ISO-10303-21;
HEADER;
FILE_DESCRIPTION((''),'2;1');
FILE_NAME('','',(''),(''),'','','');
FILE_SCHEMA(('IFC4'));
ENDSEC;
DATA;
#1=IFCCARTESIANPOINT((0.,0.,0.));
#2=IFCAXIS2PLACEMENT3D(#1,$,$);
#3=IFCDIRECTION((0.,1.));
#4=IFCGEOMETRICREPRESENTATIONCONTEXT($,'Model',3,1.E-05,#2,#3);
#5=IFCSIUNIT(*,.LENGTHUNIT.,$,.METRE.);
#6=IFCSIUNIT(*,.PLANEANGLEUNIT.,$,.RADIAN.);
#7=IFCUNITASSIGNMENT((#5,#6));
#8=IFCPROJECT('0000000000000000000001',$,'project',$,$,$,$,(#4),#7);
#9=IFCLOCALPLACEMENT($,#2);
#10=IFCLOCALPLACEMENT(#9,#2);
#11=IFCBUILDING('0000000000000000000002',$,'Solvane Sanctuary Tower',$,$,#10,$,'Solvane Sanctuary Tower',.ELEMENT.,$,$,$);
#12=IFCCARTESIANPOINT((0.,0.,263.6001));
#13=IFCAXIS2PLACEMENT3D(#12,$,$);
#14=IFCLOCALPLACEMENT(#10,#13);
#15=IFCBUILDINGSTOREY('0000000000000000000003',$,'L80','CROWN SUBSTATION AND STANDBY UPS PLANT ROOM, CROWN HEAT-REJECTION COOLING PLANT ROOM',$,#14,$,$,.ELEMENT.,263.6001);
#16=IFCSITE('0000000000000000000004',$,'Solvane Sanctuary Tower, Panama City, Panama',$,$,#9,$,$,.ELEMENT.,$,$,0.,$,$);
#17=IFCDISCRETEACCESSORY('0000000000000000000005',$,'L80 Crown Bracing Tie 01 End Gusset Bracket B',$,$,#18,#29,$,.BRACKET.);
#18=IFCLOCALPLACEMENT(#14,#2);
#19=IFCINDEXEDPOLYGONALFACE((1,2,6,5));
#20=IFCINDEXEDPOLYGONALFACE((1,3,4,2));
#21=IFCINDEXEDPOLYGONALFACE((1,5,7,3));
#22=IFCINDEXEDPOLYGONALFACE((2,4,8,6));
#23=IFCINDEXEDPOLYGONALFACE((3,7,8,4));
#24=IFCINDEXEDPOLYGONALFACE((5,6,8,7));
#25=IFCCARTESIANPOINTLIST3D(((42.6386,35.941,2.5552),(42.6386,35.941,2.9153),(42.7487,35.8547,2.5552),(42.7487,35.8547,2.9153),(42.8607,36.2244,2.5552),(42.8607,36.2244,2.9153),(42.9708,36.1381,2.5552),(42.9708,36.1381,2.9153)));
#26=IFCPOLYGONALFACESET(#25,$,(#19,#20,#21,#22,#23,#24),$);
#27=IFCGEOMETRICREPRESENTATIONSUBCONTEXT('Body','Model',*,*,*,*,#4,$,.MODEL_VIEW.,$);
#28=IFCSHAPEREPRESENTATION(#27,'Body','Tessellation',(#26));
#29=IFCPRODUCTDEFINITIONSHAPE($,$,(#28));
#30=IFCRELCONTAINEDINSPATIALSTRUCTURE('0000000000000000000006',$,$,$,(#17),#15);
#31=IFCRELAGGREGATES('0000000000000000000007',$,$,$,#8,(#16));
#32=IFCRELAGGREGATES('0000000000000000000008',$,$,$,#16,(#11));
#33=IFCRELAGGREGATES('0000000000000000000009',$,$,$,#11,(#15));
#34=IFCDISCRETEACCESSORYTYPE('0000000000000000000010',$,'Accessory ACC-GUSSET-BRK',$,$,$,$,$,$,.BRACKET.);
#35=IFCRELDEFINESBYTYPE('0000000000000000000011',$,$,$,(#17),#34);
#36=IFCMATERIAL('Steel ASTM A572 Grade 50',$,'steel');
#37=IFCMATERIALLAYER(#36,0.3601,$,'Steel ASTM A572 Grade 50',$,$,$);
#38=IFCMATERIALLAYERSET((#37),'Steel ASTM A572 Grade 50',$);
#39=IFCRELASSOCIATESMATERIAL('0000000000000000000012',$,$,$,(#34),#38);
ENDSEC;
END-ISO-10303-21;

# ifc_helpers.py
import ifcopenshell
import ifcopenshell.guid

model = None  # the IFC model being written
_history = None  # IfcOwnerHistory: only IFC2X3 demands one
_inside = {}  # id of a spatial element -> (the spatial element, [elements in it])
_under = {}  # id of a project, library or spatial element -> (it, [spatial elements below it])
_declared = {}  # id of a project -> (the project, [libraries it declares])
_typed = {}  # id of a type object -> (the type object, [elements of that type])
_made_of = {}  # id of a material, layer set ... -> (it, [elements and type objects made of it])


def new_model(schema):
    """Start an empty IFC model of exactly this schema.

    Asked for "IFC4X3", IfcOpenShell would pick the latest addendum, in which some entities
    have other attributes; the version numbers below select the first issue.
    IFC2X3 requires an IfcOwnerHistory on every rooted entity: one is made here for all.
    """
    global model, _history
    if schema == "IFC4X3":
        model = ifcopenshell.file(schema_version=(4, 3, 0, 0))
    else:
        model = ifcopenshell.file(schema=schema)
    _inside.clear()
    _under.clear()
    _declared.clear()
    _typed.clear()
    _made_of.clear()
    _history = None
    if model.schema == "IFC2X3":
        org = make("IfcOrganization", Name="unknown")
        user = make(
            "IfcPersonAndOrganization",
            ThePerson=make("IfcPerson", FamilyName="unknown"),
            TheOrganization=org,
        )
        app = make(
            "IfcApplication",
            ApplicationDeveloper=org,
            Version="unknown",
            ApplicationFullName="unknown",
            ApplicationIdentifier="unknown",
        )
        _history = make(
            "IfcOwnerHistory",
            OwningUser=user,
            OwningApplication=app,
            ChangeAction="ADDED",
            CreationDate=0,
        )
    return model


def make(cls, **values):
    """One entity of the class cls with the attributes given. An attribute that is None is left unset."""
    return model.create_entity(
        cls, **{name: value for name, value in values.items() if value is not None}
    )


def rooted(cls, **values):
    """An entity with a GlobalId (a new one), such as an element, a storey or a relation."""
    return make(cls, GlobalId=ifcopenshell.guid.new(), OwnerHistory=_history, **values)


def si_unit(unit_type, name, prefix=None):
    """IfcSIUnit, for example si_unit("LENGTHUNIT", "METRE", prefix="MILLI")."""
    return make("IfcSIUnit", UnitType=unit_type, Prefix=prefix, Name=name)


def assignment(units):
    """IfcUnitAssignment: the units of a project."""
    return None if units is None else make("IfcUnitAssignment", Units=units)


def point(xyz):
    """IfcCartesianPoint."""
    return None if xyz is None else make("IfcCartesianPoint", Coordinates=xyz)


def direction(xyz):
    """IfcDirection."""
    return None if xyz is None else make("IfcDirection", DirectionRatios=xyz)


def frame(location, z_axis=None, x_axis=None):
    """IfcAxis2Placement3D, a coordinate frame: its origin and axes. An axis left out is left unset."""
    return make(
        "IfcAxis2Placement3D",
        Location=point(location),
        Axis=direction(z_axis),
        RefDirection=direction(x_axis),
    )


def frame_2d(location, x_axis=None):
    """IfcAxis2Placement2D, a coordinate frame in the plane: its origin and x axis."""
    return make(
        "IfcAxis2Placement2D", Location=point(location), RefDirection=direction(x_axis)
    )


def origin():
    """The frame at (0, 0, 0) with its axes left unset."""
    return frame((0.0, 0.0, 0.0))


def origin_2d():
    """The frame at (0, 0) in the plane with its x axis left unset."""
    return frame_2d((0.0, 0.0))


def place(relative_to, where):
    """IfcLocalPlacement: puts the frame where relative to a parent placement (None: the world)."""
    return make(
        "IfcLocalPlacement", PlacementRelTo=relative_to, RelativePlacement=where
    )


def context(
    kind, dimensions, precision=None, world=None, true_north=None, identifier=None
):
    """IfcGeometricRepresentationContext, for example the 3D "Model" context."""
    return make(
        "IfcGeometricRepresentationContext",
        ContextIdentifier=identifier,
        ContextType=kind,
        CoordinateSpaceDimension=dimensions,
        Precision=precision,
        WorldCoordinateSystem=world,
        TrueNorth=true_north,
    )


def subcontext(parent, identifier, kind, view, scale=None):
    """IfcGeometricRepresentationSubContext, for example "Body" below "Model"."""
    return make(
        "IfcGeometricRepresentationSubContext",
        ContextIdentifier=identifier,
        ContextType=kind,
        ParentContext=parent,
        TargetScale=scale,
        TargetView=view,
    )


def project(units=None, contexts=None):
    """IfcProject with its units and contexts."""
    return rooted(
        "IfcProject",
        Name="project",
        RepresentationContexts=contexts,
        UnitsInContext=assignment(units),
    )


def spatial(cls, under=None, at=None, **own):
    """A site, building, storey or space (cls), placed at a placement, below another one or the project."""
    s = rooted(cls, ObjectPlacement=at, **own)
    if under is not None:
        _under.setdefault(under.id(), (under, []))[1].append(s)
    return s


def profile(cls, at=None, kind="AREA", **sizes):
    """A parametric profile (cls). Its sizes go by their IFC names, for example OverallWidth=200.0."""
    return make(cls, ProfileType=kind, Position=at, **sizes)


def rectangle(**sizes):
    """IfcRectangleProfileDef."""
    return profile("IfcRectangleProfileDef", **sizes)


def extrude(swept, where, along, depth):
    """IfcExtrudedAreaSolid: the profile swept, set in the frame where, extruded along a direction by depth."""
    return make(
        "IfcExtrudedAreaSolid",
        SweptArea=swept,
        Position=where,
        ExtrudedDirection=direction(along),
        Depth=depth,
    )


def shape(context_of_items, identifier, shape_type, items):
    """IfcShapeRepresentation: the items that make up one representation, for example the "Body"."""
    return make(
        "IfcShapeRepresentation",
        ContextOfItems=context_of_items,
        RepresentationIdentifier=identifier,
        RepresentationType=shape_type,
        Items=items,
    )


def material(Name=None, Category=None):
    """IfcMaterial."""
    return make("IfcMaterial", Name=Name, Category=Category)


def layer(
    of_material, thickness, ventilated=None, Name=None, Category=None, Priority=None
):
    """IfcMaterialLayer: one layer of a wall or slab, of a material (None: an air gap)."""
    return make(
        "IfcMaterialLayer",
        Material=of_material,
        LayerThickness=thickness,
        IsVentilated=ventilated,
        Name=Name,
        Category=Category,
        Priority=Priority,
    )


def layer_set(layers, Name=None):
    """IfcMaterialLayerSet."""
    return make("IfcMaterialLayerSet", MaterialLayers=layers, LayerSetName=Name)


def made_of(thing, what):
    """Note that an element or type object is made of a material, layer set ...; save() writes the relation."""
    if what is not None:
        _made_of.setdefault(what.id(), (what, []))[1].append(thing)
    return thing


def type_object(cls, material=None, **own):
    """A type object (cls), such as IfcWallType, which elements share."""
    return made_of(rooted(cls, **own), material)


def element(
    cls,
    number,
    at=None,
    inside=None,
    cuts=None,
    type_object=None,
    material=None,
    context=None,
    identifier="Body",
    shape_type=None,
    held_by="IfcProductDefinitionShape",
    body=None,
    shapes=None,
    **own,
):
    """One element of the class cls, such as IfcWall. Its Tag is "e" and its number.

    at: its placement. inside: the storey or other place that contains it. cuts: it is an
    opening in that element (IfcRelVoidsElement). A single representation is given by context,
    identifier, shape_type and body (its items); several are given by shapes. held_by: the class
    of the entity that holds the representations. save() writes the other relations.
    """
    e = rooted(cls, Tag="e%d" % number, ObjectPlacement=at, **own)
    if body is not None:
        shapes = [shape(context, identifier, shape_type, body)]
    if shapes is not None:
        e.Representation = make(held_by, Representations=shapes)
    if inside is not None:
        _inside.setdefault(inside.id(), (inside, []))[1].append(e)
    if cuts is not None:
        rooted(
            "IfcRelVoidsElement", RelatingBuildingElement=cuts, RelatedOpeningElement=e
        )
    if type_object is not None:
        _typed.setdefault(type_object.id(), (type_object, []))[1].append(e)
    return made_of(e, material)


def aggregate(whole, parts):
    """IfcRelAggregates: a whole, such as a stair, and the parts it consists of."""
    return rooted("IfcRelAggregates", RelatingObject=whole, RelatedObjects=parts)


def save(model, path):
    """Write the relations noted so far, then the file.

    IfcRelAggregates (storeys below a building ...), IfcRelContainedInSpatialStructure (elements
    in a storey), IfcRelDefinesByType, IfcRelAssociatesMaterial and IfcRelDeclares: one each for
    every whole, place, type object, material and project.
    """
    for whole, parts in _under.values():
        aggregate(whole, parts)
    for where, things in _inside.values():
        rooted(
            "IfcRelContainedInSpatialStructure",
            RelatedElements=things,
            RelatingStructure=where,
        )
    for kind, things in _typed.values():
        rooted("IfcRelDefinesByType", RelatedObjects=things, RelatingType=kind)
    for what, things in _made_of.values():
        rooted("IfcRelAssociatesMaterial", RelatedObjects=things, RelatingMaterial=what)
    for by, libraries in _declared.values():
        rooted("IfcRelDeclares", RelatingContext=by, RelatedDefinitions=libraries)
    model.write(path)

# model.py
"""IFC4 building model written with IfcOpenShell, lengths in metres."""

from ifc_helpers import new_model, si_unit, direction, frame, origin, origin_2d, place, context, subcontext, project, spatial, rectangle, extrude, material, layer, layer_set, type_object, element, save


model = new_model("IFC4")

# Units and contexts
model_context = context("Model", 3, precision=1e-05, world=origin(), true_north=direction((0.0, 1.0)))
body_context = subcontext(model_context, "Body", "Model", "MODEL_VIEW")
ifc_project = project(units=[si_unit("LENGTHUNIT", "METRE"), si_unit("PLANEANGLEUNIT", "RADIAN")], contexts=[model_context])

# Site, building, storey
site_placement = place(None, origin())
site = spatial("IfcSite", under=ifc_project, at=site_placement, Name="Solvane Sanctuary Tower, Panama City, Panama", CompositionType="ELEMENT", RefElevation=0.0)
building_placement = place(site_placement, origin())
building = spatial("IfcBuilding", under=site, at=building_placement, Name="Solvane Sanctuary Tower", LongName="Solvane Sanctuary Tower", CompositionType="ELEMENT")
storey_placement = place(building_placement, frame((0.0, 0.0, 263.6001)))
storey = spatial("IfcBuildingStorey", under=building, at=storey_placement, Name="L80", Description="CROWN SUBSTATION AND STANDBY UPS PLANT ROOM, CROWN HEAT-REJECTION COOLING PLANT ROOM", CompositionType="ELEMENT", Elevation=263.6001)

# Discrete accessory
ifc_material_1 = material(Name="Steel ASTM A572 Grade 50", Category="steel")
ifc_layer_1 = layer(ifc_material_1, 0.3601, Name="Steel ASTM A572 Grade 50")
ifc_layer_set_1 = layer_set([ifc_layer_1], Name="Steel ASTM A572 Grade 50")
discrete_accessory_type = type_object("IfcDiscreteAccessoryType", Name="Accessory ACC-GUSSET-BRK", PredefinedType="BRACKET", material=ifc_layer_set_1)
discrete_accessory_placement = place(storey_placement, frame((42.8047, 36.0396, 2.5552), z_axis=(0.0, 0.0, 1.0), x_axis=(0.616761, 0.78715, 0.0)))
element("IfcDiscreteAccessory", 1, at=discrete_accessory_placement, inside=storey, type_object=discrete_accessory_type, Name="L80 Crown Bracing Tie 01 End Gusset Bracket B", PredefinedType="BRACKET", context=body_context, shape_type="SweptSolid", body=[
    extrude(rectangle(XDim=0.3601, YDim=0.1399, at=origin_2d()), origin(), (0.0, 0.0, 1.0), 0.3601),
])

save(model, "model.ifc")
